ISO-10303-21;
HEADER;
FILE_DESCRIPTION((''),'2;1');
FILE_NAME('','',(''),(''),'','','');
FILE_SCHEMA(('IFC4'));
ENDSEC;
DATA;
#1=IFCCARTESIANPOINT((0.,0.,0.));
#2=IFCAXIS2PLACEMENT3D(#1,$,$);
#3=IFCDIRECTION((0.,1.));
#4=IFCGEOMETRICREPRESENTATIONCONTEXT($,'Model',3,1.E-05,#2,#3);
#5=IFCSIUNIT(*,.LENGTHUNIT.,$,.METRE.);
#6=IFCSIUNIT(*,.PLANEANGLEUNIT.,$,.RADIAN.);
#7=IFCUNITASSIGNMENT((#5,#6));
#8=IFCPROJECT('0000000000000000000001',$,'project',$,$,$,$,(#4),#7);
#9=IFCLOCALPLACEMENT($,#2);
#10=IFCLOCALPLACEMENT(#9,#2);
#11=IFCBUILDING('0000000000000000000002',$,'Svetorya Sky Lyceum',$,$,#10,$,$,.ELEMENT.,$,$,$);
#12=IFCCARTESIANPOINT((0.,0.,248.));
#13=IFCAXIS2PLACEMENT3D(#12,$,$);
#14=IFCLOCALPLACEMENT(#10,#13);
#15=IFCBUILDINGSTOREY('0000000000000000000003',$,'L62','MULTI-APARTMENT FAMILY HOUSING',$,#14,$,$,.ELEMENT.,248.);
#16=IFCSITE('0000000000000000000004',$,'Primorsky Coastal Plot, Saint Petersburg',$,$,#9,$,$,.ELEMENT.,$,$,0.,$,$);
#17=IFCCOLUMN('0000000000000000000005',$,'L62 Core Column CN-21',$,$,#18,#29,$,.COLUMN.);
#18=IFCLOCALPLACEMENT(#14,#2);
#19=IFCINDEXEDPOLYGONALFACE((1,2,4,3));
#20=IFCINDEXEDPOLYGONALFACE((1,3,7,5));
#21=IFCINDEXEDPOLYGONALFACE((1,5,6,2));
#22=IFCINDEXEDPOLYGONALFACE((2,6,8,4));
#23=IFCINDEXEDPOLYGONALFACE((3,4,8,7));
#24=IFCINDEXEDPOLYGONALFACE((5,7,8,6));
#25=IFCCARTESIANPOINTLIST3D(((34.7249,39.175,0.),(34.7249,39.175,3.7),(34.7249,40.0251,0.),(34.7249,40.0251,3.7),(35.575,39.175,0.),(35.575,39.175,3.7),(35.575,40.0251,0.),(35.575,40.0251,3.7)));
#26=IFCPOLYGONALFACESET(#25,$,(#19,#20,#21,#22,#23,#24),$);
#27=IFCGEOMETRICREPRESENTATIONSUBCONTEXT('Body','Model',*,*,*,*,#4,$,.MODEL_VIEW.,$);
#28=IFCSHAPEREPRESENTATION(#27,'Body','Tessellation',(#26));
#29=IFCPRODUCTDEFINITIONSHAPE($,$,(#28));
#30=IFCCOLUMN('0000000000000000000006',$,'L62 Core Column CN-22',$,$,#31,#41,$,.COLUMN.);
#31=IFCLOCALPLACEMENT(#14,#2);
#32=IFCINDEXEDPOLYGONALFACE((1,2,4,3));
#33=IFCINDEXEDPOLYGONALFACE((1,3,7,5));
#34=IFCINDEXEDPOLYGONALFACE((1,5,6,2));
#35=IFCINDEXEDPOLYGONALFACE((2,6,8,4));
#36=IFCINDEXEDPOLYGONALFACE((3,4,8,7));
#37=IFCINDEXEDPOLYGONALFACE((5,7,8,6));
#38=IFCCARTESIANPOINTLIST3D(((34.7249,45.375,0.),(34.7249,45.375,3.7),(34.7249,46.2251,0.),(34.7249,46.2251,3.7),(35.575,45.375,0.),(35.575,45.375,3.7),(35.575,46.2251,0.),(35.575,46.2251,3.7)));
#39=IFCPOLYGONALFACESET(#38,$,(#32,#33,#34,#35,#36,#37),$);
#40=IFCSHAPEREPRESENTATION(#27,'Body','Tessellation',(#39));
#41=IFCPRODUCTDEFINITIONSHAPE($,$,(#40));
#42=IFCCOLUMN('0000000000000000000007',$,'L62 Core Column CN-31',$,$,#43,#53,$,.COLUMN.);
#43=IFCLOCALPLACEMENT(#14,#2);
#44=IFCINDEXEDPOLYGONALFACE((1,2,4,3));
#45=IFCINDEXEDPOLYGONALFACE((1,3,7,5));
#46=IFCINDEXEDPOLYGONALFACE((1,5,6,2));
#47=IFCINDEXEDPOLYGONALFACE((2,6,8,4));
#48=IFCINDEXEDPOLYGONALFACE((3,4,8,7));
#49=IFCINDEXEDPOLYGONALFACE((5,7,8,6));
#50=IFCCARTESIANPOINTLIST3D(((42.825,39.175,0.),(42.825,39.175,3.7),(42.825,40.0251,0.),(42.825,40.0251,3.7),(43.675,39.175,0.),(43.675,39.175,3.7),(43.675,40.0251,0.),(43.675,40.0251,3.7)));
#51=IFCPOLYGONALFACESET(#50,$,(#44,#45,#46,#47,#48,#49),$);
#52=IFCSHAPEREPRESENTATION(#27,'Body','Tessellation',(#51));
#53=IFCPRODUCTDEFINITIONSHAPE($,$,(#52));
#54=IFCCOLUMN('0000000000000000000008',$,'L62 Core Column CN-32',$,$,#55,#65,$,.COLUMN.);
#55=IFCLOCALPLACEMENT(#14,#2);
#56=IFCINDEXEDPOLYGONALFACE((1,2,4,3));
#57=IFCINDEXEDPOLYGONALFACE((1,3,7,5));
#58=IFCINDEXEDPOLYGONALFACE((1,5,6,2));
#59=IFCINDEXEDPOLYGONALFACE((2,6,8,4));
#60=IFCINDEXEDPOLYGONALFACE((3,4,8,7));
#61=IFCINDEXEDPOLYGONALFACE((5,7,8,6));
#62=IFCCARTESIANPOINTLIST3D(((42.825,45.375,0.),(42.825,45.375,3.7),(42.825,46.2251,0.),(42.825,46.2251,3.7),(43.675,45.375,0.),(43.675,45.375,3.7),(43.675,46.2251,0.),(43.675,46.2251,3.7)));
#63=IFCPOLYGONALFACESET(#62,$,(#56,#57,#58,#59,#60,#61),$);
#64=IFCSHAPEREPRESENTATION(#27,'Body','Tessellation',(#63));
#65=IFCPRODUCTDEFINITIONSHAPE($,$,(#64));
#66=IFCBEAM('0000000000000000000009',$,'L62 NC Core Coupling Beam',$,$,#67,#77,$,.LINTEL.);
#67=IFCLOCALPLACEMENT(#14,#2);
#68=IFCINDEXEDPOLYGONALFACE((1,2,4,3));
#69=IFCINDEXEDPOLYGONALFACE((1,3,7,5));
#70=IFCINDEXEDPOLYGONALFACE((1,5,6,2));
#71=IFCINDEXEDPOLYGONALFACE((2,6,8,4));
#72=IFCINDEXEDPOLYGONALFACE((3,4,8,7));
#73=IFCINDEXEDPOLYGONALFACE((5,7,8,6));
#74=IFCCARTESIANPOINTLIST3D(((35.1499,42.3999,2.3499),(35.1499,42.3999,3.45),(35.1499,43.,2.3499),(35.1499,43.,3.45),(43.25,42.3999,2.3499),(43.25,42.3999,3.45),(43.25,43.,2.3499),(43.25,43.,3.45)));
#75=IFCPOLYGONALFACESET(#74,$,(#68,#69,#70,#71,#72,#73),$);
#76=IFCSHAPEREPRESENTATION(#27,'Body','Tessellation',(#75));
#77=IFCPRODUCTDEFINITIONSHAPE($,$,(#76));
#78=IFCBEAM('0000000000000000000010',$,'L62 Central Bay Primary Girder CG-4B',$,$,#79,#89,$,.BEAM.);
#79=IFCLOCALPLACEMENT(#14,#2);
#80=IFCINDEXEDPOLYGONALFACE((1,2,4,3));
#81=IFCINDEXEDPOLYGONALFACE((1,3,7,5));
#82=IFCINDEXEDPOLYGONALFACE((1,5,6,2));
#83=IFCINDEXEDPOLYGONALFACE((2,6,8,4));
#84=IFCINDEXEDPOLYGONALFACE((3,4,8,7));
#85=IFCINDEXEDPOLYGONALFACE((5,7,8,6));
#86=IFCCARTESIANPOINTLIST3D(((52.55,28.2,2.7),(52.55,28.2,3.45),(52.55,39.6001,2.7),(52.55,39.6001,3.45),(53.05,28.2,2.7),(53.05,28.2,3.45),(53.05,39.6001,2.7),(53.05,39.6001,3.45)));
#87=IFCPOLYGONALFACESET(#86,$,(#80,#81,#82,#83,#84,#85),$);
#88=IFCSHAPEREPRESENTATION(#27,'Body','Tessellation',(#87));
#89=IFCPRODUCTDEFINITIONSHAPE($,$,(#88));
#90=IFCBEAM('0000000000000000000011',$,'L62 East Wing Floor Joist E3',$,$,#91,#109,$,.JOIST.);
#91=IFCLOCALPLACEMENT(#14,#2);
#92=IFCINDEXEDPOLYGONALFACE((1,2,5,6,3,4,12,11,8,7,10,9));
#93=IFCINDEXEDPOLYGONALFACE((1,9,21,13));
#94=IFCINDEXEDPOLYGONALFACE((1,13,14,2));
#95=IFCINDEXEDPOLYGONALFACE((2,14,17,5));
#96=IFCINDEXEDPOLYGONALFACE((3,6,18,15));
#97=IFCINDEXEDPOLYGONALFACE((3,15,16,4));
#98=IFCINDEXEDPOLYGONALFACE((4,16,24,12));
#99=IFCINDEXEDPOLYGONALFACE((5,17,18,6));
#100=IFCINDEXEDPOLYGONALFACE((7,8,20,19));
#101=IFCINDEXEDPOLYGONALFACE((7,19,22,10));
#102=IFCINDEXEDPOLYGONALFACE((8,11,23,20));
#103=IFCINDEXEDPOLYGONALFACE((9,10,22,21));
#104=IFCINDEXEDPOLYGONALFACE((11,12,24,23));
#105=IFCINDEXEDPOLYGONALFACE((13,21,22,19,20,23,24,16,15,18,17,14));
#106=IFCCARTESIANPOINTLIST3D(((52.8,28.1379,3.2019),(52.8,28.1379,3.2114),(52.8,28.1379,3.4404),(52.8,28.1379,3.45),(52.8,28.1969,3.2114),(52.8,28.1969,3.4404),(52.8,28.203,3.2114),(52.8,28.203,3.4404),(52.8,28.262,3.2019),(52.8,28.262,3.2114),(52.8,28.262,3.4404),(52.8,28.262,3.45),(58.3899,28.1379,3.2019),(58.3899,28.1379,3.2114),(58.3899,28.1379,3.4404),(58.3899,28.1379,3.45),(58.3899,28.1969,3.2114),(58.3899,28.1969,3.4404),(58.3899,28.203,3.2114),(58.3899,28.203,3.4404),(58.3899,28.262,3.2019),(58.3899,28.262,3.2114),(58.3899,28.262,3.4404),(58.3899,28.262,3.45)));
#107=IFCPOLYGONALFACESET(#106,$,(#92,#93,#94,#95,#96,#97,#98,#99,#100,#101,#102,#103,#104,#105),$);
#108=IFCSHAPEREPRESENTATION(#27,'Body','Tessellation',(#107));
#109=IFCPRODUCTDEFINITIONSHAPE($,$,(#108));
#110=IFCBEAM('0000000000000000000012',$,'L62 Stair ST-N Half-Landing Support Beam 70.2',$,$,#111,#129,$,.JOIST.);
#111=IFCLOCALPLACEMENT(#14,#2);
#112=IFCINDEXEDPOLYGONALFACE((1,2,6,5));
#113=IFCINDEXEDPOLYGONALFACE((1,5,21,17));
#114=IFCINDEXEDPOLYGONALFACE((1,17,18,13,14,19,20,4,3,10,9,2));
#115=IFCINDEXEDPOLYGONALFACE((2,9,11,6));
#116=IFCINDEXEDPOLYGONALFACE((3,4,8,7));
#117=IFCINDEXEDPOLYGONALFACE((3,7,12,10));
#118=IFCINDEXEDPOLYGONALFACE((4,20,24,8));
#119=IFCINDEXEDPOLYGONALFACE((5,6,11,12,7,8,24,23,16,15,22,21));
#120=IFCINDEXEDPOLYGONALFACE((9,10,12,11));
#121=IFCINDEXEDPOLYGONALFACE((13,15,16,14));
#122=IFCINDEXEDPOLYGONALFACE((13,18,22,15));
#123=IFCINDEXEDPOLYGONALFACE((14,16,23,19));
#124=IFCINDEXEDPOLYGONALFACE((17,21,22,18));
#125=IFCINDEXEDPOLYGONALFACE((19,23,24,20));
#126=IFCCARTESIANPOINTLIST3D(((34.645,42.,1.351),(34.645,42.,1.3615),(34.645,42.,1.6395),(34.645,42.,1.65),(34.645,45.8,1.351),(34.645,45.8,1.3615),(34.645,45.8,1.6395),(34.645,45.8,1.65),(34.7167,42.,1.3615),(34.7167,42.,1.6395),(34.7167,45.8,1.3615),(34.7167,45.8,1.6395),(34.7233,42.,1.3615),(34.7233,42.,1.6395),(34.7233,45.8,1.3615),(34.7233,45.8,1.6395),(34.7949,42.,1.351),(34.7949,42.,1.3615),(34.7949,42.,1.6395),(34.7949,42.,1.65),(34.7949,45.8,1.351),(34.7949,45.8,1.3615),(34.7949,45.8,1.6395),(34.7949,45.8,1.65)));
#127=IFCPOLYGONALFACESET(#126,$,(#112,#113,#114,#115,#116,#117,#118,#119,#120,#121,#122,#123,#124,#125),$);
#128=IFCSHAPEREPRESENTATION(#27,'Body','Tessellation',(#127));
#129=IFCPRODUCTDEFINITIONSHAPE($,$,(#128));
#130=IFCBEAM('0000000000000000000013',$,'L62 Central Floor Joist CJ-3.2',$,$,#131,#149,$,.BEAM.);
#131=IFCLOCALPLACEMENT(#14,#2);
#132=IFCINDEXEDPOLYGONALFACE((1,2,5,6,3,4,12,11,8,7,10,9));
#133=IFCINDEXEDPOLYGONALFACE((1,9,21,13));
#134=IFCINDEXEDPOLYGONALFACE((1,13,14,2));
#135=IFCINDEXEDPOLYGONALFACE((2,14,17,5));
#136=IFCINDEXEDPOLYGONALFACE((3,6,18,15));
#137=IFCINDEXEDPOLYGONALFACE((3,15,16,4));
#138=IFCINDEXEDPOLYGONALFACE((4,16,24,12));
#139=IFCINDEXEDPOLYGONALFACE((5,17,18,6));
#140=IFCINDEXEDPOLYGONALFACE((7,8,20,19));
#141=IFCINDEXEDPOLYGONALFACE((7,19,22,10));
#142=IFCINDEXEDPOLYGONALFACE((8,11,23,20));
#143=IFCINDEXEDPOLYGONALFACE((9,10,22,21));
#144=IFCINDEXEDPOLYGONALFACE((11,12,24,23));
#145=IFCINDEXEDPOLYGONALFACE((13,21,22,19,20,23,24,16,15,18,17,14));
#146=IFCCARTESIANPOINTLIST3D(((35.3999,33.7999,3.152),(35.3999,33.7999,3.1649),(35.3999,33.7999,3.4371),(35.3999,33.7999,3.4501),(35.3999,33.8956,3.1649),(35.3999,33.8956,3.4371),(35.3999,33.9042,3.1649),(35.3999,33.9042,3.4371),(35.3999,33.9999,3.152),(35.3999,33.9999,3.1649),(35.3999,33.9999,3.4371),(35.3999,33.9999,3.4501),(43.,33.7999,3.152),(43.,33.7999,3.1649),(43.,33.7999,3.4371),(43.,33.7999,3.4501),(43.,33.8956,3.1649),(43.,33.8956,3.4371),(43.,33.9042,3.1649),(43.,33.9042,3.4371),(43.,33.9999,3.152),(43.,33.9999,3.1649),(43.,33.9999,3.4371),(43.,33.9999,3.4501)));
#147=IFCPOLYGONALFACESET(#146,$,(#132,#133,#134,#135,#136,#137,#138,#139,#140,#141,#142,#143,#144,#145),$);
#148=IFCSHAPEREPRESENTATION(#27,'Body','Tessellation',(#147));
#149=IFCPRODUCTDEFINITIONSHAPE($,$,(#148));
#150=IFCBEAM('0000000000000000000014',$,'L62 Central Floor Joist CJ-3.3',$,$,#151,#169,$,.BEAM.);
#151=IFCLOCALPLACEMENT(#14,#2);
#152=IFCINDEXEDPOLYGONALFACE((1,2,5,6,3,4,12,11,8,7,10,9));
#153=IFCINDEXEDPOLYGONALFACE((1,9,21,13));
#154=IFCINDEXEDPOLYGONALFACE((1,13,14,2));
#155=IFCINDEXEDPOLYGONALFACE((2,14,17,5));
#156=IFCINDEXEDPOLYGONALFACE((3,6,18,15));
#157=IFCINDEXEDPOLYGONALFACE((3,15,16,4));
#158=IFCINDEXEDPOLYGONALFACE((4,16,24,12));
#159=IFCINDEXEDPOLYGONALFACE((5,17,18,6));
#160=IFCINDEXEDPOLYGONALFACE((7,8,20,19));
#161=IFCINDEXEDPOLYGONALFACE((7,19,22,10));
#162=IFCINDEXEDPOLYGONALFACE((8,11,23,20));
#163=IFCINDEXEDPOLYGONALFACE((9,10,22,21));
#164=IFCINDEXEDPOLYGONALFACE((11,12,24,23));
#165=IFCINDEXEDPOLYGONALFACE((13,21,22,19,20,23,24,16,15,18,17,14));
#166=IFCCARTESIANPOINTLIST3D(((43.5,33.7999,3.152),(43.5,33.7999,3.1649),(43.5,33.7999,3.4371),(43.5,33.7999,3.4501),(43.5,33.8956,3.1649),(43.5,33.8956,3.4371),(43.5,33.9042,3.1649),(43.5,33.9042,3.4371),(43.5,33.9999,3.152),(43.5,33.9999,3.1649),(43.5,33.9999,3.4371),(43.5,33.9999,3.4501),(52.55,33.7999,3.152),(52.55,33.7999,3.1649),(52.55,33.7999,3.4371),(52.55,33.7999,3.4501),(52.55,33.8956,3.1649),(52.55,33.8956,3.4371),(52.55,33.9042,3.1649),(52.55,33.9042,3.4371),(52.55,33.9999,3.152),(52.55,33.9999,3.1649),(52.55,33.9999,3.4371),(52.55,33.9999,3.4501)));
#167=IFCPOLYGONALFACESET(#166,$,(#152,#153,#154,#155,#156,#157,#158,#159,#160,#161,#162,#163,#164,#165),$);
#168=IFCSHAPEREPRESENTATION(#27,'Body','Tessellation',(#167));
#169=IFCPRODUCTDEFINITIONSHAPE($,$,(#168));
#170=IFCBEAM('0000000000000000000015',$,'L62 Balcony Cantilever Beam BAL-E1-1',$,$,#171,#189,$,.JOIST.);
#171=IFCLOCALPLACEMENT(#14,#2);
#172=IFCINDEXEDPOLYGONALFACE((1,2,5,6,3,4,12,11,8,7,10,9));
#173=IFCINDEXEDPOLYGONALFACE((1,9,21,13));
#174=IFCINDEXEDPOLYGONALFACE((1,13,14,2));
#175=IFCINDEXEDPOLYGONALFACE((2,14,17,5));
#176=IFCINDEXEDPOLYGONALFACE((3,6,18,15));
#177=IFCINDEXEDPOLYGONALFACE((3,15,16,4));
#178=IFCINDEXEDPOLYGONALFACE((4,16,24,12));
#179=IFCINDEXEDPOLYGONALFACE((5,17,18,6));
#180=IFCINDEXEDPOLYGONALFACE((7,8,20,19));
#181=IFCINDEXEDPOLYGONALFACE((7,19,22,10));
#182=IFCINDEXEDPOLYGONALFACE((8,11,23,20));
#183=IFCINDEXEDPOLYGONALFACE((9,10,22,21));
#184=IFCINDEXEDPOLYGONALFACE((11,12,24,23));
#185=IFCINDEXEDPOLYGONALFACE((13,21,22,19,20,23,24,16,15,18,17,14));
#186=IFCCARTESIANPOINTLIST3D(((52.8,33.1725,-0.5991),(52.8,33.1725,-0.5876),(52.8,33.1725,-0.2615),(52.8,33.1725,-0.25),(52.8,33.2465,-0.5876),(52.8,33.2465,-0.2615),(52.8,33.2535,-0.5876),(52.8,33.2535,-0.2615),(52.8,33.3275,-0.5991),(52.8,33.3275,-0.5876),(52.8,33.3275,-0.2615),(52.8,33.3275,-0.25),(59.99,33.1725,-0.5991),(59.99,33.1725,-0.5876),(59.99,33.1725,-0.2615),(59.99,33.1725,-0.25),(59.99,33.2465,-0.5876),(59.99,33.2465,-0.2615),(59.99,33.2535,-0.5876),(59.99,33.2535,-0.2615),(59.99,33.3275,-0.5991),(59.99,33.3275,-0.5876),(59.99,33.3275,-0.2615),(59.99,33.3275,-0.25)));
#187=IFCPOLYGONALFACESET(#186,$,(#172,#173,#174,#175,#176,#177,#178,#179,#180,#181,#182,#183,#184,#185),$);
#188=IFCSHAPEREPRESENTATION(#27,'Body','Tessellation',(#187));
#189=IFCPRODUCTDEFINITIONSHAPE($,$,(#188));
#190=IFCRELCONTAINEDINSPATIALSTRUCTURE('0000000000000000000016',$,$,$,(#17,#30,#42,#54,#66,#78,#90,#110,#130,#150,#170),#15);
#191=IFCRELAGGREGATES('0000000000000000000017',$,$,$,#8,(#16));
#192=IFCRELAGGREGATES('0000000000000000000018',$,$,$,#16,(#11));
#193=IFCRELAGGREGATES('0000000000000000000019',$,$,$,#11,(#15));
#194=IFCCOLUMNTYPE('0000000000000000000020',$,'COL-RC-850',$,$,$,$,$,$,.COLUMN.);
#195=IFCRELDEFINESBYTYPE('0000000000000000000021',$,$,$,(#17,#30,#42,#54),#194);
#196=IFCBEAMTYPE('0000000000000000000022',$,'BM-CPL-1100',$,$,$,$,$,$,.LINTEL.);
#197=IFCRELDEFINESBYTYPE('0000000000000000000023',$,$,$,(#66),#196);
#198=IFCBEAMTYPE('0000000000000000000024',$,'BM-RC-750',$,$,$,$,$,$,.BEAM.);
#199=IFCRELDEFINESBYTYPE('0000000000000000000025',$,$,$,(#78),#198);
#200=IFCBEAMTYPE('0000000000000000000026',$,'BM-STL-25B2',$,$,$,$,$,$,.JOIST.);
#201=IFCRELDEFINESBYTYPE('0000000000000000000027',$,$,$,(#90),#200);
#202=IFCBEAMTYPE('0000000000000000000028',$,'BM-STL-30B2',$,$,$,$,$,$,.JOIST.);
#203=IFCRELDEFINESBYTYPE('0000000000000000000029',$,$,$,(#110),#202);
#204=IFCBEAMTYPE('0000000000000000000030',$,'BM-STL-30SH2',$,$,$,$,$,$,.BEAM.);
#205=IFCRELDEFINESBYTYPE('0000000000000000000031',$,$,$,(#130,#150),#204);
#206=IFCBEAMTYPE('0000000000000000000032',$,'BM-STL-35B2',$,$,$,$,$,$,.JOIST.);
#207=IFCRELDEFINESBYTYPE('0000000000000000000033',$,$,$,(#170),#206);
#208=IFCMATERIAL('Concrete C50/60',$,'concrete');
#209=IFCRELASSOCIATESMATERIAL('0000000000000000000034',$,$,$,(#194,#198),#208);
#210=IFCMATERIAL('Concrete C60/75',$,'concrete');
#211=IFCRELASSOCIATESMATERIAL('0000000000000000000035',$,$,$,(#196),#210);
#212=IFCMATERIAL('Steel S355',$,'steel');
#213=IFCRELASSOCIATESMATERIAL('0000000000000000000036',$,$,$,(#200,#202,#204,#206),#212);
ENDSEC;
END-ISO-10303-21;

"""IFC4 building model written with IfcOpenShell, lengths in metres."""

from ifc_helpers import new_model, si_unit, direction, frame, origin, origin_2d, place, context, subcontext, project, spatial, rectangle, i_section, extrude, material, material_profile, profile_set, type_object, element, save


model = new_model("IFC4")

# Units and contexts
model_context = context("Model", 3, precision=1e-05, world=origin(), true_north=direction((0.0, 1.0)))
body_context = subcontext(model_context, "Body", "Model", "MODEL_VIEW")
ifc_project = project(units=[si_unit("LENGTHUNIT", "METRE"), si_unit("PLANEANGLEUNIT", "RADIAN")], contexts=[model_context])

# Site, building, storey
site_placement = place(None, origin())
site = spatial("IfcSite", under=ifc_project, at=site_placement, Name="Primorsky Coastal Plot, Saint Petersburg", CompositionType="ELEMENT", RefElevation=0.0)
building_placement = place(site_placement, origin())
building = spatial("IfcBuilding", under=site, at=building_placement, Name="Svetorya Sky Lyceum", CompositionType="ELEMENT")
storey_placement = place(building_placement, frame((0.0, 0.0, 248.0)))
storey = spatial("IfcBuildingStorey", under=building, at=storey_placement, Name="L62", Description="MULTI-APARTMENT FAMILY HOUSING", CompositionType="ELEMENT", Elevation=248.0)

# Columns
ifc_material_1 = material(Name="Concrete C50/60", Category="concrete")
ifc_material_profile_1 = material_profile(ifc_material_1, rectangle(XDim=0.8501, YDim=0.8501, at=origin_2d()), Name="RC COL 850x850")
ifc_profile_set_1 = profile_set([ifc_material_profile_1], Name="Concrete C50/60")
column_type = type_object("IfcColumnType", Name="COL-RC-850", PredefinedType="COLUMN", material=ifc_profile_set_1)
for number, where, z_axis, x_axis, name in (
    (1, (35.1499, 39.6001, 0.0), (0.0, 0.0, 1.0), (1.0, 0.0, 0.0), "L62 Core Column CN-21"),
    (2, (35.1499, 45.8, 0.0), (0.0, 0.0, 1.0), (1.0, 0.0, 0.0), "L62 Core Column CN-22"),
    (3, (43.25, 39.6001, 0.0), (0.0, 0.0, 1.0), (1.0, 0.0, 0.0), "L62 Core Column CN-31"),
    (4, (43.25, 45.8, 0.0), (0.0, 0.0, 1.0), (1.0, 0.0, 0.0), "L62 Core Column CN-32"),
):
    element("IfcColumn", number, at=place(storey_placement, frame(where, z_axis=z_axis, x_axis=x_axis)), inside=storey, type_object=column_type, Name=name, PredefinedType="COLUMN", context=body_context, shape_type="SweptSolid", body=[
        extrude(rectangle(XDim=0.8501, YDim=0.8501, at=origin_2d()), origin(), (0.0, 0.0, 1.0), 3.7),
    ])

# Beams
ifc_material_2 = material(Name="Concrete C60/75", Category="concrete")
ifc_material_profile_2 = material_profile(ifc_material_2, rectangle(XDim=0.6001, YDim=1.1001, at=origin_2d()), Name="RC COUPLING 600x1100")
ifc_profile_set_2 = profile_set([ifc_material_profile_2], Name="Concrete C60/75")
beam_type_1 = type_object("IfcBeamType", Name="BM-CPL-1100", PredefinedType="LINTEL", material=ifc_profile_set_2)
beam_1_placement = place(storey_placement, frame((35.1499, 42.7, 2.8999), z_axis=(1.0, 0.0, 0.0), x_axis=(0.0, 1.0, 0.0)))
element("IfcBeam", 5, at=beam_1_placement, inside=storey, type_object=beam_type_1, Name="L62 NC Core Coupling Beam", PredefinedType="LINTEL", context=body_context, shape_type="SweptSolid", body=[
    extrude(rectangle(XDim=0.6001, YDim=1.1001, at=origin_2d()), origin(), (0.0, 0.0, 1.0), 8.1001),
])
ifc_material_profile_3 = material_profile(ifc_material_1, rectangle(XDim=0.5, YDim=0.75, at=origin_2d()), Name="RC BEAM 500x750")
ifc_profile_set_3 = profile_set([ifc_material_profile_3], Name="Concrete C50/60")
beam_type_2 = type_object("IfcBeamType", Name="BM-RC-750", PredefinedType="BEAM", material=ifc_profile_set_3)
beam_2_placement = place(storey_placement, frame((52.8, 28.2, 3.075), z_axis=(0.0, 1.0, 0.0), x_axis=(-1.0, 0.0, 0.0)))
element("IfcBeam", 6, at=beam_2_placement, inside=storey, type_object=beam_type_2, Name="L62 Central Bay Primary Girder CG-4B", PredefinedType="BEAM", context=body_context, shape_type="SweptSolid", body=[
    extrude(rectangle(XDim=0.5, YDim=0.75, at=origin_2d()), origin(), (0.0, 0.0, 1.0), 11.4001),
])
ifc_material_3 = material(Name="Steel S355", Category="steel")
ifc_material_profile_4 = material_profile(ifc_material_3, i_section(OverallWidth=0.124, OverallDepth=0.248, WebThickness=0.0061, FlangeThickness=0.0095, at=origin_2d()), Name="GOST 25B2")
ifc_profile_set_4 = profile_set([ifc_material_profile_4], Name="Steel S355")
beam_type_3 = type_object("IfcBeamType", Name="BM-STL-25B2", PredefinedType="JOIST", material=ifc_profile_set_4)
beam_3_placement = place(storey_placement, frame((52.8, 28.2, 3.3259), z_axis=(1.0, 0.0, 0.0), x_axis=(0.0, 1.0, 0.0)))
element("IfcBeam", 7, at=beam_3_placement, inside=storey, type_object=beam_type_3, Name="L62 East Wing Floor Joist E3", PredefinedType="JOIST", context=body_context, shape_type="SweptSolid", body=[
    extrude(i_section(OverallWidth=0.124, OverallDepth=0.248, WebThickness=0.0061, FlangeThickness=0.0095, at=origin_2d()), origin(), (0.0, 0.0, 1.0), 5.5898),
])
ifc_material_profile_5 = material_profile(ifc_material_3, i_section(OverallWidth=0.1499, OverallDepth=0.2991, WebThickness=0.0066, FlangeThickness=0.0105, at=origin_2d()), Name="GOST 30B2")
ifc_profile_set_5 = profile_set([ifc_material_profile_5], Name="Steel S355")
beam_type_4 = type_object("IfcBeamType", Name="BM-STL-30B2", PredefinedType="JOIST", material=ifc_profile_set_5)
beam_4_placement = place(storey_placement, frame((34.72, 42.0, 1.5005), z_axis=(0.0, 1.0, 0.0), x_axis=(-1.0, 0.0, 0.0)))
element("IfcBeam", 8, at=beam_4_placement, inside=storey, type_object=beam_type_4, Name="L62 Stair ST-N Half-Landing Support Beam 70.2", PredefinedType="JOIST", context=body_context, shape_type="SweptSolid", body=[
    extrude(i_section(OverallWidth=0.1499, OverallDepth=0.2991, WebThickness=0.0066, FlangeThickness=0.0105, at=origin_2d()), origin(), (0.0, 0.0, 1.0), 3.8),
])
ifc_material_profile_6 = material_profile(ifc_material_3, i_section(OverallWidth=0.2, OverallDepth=0.2981, WebThickness=0.0085, FlangeThickness=0.0129, at=origin_2d()), Name="GOST 30Sh2")
ifc_profile_set_6 = profile_set([ifc_material_profile_6], Name="Steel S355")
beam_type_5 = type_object("IfcBeamType", Name="BM-STL-30SH2", PredefinedType="BEAM", material=ifc_profile_set_6)
beam_5_placement = place(storey_placement, frame((35.3999, 33.8999, 3.301), z_axis=(1.0, 0.0, 0.0), x_axis=(0.0, 1.0, 0.0)))
element("IfcBeam", 9, at=beam_5_placement, inside=storey, type_object=beam_type_5, Name="L62 Central Floor Joist CJ-3.2", PredefinedType="BEAM", context=body_context, shape_type="SweptSolid", body=[
    extrude(i_section(OverallWidth=0.2, OverallDepth=0.2981, WebThickness=0.0085, FlangeThickness=0.0129, at=origin_2d()), origin(), (0.0, 0.0, 1.0), 7.6001),
])
beam_6_placement = place(storey_placement, frame((43.5, 33.8999, 3.301), z_axis=(1.0, 0.0, 0.0), x_axis=(0.0, 1.0, 0.0)))
element("IfcBeam", 10, at=beam_6_placement, inside=storey, type_object=beam_type_5, Name="L62 Central Floor Joist CJ-3.3", PredefinedType="BEAM", context=body_context, shape_type="SweptSolid", body=[
    extrude(i_section(OverallWidth=0.2, OverallDepth=0.2981, WebThickness=0.0085, FlangeThickness=0.0129, at=origin_2d()), origin(), (0.0, 0.0, 1.0), 9.05),
])
ifc_material_profile_7 = material_profile(ifc_material_3, i_section(OverallWidth=0.155, OverallDepth=0.3491, WebThickness=0.0071, FlangeThickness=0.0115, at=origin_2d()), Name="GOST 35B2")
ifc_profile_set_7 = profile_set([ifc_material_profile_7], Name="Steel S355")
beam_type_6 = type_object("IfcBeamType", Name="BM-STL-35B2", PredefinedType="JOIST", material=ifc_profile_set_7)
for number, where, z_axis, x_axis, name in (
    (11, (52.8, 33.25, -0.4246), (1.0, 0.0, 0.0), (0.0, 1.0, 0.0), "L62 Balcony Cantilever Beam BAL-E1-1"),
):
    element("IfcBeam", number, at=place(storey_placement, frame(where, z_axis=z_axis, x_axis=x_axis)), inside=storey, type_object=beam_type_6, Name=name, PredefinedType="JOIST", context=body_context, shape_type="SweptSolid", body=[
        extrude(i_section(OverallWidth=0.155, OverallDepth=0.3491, WebThickness=0.0071, FlangeThickness=0.0115, at=origin_2d()), origin(), (0.0, 0.0, 1.0), 7.1899),
    ])

save(model, "model.ifc")
